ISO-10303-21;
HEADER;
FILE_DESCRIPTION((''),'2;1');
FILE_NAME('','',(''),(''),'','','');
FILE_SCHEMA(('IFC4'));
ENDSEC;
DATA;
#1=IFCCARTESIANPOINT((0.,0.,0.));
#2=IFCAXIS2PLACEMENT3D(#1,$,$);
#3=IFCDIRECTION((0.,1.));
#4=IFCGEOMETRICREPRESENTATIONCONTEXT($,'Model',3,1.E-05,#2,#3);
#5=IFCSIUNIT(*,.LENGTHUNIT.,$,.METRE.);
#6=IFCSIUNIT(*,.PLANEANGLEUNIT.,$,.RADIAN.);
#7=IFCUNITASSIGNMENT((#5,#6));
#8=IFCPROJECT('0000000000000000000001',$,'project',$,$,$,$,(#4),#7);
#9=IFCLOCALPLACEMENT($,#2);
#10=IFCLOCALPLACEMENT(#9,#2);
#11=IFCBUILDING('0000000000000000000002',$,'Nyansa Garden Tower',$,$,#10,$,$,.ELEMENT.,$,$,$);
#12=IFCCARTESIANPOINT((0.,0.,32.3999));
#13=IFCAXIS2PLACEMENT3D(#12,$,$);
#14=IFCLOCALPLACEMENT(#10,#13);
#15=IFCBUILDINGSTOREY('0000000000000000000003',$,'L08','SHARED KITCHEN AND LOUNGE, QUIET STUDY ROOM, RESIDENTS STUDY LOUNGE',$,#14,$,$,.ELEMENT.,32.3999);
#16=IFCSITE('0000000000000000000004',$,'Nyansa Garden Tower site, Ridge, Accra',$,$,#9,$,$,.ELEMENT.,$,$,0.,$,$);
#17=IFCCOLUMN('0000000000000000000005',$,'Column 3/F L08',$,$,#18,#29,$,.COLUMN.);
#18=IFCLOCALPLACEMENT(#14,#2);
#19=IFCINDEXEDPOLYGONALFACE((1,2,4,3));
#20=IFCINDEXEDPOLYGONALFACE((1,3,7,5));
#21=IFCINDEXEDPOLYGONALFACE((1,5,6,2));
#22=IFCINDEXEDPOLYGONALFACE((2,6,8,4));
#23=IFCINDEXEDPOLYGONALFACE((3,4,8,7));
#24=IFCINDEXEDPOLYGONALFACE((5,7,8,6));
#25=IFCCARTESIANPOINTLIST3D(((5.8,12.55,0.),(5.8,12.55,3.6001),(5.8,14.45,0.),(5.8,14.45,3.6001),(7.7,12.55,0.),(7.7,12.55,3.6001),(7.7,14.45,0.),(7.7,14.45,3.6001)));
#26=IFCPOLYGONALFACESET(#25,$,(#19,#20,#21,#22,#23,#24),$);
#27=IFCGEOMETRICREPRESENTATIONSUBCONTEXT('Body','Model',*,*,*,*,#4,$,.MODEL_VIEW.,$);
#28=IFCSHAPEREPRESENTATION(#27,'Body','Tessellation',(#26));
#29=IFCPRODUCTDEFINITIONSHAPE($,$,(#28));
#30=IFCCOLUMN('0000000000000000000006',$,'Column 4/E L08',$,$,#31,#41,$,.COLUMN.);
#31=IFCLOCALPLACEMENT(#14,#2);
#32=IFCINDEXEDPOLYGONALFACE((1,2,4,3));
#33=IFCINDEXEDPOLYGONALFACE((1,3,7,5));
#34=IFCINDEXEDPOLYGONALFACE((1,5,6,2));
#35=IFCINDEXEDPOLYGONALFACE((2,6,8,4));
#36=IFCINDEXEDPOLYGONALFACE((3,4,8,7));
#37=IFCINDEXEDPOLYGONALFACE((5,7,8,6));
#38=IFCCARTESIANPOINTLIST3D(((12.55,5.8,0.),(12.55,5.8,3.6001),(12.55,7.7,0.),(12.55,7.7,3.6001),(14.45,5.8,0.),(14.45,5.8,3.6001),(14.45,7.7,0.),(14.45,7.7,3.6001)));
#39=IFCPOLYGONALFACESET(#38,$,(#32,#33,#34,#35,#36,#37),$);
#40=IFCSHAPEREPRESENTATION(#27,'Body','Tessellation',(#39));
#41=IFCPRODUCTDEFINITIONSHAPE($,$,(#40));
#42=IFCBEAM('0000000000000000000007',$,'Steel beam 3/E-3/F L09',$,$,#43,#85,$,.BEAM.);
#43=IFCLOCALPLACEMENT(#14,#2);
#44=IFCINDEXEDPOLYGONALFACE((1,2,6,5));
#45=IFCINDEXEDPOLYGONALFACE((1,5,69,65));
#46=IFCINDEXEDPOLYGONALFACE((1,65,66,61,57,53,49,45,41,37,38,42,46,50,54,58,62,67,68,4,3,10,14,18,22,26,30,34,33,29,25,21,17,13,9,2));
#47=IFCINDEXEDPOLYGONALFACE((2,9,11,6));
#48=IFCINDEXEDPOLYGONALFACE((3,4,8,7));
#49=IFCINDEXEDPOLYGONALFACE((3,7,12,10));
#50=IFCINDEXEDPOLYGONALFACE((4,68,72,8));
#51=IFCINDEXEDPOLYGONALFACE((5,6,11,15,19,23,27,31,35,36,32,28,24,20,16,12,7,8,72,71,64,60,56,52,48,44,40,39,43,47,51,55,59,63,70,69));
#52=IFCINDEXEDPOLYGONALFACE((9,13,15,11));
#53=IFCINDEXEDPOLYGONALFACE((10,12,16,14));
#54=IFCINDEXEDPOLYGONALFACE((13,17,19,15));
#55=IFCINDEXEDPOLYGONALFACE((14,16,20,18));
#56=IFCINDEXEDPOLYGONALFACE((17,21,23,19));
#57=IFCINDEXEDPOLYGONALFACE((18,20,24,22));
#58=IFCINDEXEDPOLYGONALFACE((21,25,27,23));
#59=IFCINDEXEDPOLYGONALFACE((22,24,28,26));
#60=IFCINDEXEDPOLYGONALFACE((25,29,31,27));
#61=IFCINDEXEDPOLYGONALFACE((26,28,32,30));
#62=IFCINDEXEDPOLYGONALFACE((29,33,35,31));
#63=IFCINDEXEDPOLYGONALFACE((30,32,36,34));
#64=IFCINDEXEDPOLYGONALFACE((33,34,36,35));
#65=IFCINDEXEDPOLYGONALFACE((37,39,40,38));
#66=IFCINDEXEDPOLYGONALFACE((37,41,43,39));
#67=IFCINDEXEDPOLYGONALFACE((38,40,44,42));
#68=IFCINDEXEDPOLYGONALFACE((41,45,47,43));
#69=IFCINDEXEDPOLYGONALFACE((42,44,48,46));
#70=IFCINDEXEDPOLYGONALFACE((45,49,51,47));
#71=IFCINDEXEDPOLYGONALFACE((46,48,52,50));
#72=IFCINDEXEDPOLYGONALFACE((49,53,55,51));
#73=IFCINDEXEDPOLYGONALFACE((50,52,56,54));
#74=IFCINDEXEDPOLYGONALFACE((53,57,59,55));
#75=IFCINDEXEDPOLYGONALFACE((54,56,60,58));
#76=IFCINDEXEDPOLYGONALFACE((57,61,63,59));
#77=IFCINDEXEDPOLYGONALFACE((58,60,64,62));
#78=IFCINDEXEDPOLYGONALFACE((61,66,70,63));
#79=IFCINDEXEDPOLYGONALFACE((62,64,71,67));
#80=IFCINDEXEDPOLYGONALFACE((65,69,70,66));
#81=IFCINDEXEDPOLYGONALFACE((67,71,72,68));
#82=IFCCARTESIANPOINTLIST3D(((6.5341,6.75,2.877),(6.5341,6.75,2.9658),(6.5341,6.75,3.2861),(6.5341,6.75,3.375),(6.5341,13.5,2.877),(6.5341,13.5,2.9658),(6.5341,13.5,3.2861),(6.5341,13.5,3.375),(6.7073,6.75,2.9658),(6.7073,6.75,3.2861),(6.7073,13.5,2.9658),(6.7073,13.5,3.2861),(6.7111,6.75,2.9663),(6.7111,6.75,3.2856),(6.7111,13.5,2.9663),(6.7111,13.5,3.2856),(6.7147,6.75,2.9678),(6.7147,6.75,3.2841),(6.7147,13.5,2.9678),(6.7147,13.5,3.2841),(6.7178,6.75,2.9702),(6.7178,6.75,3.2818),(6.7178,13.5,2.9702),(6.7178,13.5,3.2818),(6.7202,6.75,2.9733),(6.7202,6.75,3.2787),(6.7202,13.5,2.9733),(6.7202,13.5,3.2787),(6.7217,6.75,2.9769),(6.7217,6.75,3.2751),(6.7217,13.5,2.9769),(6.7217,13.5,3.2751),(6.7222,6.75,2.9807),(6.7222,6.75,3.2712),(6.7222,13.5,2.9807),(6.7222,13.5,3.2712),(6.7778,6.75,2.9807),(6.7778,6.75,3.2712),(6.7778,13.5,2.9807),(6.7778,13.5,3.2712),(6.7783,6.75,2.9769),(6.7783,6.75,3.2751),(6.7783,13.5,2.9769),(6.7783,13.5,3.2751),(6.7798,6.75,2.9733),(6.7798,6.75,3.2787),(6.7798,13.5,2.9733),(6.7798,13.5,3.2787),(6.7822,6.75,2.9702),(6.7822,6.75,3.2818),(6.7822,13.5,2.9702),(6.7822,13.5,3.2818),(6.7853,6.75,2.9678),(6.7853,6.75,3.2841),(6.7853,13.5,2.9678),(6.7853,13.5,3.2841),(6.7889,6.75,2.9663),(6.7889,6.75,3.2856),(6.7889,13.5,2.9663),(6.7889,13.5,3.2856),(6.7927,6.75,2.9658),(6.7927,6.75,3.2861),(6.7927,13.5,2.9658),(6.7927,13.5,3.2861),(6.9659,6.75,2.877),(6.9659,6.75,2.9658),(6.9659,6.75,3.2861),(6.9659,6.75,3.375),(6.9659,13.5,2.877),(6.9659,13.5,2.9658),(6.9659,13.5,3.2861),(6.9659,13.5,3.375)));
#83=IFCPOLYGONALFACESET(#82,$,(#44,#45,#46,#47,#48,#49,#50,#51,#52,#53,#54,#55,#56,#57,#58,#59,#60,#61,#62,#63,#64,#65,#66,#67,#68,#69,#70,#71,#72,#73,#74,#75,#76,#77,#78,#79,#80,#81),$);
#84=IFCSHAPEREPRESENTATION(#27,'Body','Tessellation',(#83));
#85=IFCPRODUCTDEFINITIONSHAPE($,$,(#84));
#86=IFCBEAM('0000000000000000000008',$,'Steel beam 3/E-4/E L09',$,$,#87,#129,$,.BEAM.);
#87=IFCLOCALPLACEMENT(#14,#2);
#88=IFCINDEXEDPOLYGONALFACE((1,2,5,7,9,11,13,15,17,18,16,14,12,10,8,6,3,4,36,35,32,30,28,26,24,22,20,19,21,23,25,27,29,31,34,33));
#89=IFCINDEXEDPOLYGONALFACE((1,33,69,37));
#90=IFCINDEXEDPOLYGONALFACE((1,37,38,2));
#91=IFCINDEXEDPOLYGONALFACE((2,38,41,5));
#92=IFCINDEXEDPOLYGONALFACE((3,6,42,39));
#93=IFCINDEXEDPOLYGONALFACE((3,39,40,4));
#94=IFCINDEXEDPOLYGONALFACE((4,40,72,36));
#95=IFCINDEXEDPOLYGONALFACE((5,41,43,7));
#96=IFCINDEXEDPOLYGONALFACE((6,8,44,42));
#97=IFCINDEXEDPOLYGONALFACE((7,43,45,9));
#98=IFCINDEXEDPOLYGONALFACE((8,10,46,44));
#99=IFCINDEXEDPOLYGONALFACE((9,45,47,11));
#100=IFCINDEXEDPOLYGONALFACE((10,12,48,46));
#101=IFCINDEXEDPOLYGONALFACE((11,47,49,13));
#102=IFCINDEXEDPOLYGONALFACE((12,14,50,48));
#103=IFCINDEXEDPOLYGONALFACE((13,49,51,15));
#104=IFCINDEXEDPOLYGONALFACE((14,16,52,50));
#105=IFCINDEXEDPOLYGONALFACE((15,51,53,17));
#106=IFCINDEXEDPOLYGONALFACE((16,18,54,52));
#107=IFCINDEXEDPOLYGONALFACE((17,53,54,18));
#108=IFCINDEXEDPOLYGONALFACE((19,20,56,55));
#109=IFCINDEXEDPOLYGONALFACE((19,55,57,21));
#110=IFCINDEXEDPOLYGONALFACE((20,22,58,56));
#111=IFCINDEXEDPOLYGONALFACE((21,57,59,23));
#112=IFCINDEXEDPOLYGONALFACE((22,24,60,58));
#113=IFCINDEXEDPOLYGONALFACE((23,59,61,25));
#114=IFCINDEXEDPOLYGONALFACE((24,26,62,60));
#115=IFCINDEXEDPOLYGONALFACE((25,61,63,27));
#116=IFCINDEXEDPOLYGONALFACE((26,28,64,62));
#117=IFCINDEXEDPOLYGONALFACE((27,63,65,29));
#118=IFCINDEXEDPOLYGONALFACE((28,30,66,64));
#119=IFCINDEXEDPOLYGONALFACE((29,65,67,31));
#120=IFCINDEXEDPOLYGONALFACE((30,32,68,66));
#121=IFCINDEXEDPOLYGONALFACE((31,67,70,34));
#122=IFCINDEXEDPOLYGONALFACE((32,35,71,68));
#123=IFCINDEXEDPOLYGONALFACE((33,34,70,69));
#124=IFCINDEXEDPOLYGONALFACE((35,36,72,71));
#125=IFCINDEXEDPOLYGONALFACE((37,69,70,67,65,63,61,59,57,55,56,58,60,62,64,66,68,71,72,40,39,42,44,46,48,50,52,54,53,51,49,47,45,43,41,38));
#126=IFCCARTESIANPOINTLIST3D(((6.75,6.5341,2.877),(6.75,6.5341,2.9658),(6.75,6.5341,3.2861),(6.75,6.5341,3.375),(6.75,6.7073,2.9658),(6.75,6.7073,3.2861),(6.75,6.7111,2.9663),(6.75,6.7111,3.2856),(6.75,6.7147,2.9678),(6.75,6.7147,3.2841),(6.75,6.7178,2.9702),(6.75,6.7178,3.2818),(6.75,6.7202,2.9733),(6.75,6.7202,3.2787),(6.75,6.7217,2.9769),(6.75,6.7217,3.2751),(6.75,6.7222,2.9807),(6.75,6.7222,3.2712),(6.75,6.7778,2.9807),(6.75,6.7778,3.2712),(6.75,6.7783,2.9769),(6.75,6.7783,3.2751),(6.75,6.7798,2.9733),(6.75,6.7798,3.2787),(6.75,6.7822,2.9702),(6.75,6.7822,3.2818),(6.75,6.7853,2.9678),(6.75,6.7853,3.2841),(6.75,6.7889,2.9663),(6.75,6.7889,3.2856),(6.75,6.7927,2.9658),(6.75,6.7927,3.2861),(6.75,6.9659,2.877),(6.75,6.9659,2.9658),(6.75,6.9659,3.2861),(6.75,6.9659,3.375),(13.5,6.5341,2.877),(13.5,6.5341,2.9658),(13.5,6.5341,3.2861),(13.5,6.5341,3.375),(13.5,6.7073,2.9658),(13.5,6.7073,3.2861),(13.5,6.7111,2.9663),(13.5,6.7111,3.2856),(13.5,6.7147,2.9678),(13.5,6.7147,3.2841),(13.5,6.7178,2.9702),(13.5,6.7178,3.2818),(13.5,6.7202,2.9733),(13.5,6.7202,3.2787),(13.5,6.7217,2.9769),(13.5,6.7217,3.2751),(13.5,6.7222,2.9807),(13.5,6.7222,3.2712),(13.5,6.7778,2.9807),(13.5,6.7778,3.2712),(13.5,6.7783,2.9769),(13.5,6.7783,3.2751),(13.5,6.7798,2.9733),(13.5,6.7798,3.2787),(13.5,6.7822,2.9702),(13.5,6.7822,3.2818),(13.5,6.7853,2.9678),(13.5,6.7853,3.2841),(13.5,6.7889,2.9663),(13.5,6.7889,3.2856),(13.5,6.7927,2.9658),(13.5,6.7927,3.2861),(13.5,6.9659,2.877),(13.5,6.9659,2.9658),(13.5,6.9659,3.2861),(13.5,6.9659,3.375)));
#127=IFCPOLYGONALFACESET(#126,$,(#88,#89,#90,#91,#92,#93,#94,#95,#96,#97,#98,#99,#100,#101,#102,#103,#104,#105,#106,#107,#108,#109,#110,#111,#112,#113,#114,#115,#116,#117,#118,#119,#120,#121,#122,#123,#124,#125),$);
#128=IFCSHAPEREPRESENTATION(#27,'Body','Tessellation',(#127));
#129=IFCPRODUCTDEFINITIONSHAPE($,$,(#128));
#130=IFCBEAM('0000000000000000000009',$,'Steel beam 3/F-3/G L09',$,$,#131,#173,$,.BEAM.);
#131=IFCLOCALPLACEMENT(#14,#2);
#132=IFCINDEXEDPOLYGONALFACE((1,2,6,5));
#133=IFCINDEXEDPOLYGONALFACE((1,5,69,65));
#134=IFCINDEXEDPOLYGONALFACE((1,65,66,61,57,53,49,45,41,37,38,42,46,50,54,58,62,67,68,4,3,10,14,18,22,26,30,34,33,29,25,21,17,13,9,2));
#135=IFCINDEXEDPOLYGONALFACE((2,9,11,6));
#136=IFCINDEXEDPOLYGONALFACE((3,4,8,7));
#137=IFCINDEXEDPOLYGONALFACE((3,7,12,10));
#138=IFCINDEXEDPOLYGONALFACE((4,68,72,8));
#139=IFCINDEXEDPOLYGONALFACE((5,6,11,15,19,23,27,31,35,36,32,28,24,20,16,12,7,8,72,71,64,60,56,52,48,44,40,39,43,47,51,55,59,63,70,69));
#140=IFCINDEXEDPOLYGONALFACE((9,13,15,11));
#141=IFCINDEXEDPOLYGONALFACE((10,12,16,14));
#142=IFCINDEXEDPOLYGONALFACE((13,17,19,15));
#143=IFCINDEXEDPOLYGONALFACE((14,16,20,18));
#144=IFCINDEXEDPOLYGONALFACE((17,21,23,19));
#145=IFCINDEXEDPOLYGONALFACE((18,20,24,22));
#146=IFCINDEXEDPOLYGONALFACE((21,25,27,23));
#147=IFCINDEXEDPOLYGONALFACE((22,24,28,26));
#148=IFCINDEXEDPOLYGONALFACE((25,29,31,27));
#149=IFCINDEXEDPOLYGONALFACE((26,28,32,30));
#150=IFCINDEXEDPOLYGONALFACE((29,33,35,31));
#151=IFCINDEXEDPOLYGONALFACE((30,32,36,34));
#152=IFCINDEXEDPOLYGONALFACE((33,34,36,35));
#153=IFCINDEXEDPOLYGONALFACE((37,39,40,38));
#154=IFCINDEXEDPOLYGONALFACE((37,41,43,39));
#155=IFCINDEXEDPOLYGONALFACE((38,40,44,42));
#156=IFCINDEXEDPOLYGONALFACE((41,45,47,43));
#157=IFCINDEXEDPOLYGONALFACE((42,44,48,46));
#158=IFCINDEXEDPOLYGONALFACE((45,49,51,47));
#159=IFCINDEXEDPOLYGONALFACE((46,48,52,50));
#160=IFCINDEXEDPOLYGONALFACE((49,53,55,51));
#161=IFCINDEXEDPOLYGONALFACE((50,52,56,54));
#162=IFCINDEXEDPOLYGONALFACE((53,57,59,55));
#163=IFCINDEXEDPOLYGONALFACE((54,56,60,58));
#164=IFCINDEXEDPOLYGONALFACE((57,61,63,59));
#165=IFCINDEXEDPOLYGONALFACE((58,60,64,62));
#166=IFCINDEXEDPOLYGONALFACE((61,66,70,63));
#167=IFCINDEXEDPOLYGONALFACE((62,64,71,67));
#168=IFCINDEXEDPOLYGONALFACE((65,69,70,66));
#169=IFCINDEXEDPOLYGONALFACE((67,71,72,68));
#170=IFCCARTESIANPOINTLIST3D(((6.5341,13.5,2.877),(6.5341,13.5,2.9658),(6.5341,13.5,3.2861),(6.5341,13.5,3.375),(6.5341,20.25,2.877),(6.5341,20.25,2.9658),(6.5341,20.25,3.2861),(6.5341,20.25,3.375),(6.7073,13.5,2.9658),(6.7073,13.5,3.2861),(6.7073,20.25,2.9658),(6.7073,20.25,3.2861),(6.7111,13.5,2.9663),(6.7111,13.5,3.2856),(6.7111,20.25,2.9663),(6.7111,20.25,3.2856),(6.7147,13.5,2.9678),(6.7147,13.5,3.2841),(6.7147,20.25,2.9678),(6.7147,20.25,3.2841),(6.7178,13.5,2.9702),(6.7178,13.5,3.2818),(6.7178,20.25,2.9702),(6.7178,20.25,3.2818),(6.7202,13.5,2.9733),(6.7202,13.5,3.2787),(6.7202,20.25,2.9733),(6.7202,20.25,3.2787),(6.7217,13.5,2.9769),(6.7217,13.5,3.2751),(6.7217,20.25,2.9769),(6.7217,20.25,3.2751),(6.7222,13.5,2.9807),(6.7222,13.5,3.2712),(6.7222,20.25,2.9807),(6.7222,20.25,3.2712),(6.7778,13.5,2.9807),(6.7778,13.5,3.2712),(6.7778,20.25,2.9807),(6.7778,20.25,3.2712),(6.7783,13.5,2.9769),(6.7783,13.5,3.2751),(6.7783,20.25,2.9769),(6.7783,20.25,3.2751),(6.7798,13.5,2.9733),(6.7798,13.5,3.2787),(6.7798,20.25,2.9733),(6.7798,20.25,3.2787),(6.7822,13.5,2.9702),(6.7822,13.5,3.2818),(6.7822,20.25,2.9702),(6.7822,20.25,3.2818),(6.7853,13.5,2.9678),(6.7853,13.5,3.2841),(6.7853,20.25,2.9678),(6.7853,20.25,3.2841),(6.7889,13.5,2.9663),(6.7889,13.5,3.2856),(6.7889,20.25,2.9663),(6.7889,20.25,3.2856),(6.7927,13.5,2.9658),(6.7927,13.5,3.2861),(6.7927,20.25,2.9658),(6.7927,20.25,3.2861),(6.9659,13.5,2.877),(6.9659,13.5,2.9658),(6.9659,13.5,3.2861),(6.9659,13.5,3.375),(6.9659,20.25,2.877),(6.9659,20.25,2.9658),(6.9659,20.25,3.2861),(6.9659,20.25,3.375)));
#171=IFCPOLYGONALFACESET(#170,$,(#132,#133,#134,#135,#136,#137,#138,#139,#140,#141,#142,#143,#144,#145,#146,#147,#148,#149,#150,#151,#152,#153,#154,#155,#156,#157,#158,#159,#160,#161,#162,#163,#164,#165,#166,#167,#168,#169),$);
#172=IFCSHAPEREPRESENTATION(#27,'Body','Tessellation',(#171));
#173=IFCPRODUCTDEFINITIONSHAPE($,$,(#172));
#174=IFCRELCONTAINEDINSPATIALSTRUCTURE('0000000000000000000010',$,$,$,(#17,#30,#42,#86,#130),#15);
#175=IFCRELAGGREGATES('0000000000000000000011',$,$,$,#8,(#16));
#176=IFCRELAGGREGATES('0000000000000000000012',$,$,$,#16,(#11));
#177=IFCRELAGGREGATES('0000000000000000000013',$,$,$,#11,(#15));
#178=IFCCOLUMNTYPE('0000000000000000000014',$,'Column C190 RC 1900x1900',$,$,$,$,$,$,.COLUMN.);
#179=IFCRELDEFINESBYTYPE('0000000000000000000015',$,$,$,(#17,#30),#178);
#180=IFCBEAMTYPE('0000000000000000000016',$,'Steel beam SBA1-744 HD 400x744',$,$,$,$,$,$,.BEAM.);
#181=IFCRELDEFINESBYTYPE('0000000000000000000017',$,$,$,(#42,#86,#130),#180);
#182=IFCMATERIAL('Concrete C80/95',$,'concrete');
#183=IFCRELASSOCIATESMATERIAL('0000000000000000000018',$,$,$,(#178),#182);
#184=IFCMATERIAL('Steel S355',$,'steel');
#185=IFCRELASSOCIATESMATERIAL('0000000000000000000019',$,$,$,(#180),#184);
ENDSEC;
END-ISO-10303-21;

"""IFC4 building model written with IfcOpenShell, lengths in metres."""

from ifc_helpers import new_model, si_unit, direction, frame, origin, origin_2d, place, context, subcontext, project, spatial, rectangle, i_section, extrude, material, material_profile, profile_set, type_object, element, save


model = new_model("IFC4")

# Units and contexts
model_context = context("Model", 3, precision=1e-05, world=origin(), true_north=direction((0.0, 1.0)))
body_context = subcontext(model_context, "Body", "Model", "MODEL_VIEW")
ifc_project = project(units=[si_unit("LENGTHUNIT", "METRE"), si_unit("PLANEANGLEUNIT", "RADIAN")], contexts=[model_context])

# Site, building, storey
site_placement = place(None, origin())
site = spatial("IfcSite", under=ifc_project, at=site_placement, Name="Nyansa Garden Tower site, Ridge, Accra", CompositionType="ELEMENT", RefElevation=0.0)
building_placement = place(site_placement, origin())
building = spatial("IfcBuilding", under=site, at=building_placement, Name="Nyansa Garden Tower", CompositionType="ELEMENT")
storey_placement = place(building_placement, frame((0.0, 0.0, 32.3999)))
storey = spatial("IfcBuildingStorey", under=building, at=storey_placement, Name="L08", Description="SHARED KITCHEN AND LOUNGE, QUIET STUDY ROOM, RESIDENTS STUDY LOUNGE", CompositionType="ELEMENT", Elevation=32.3999)

# Columns
ifc_material_1 = material(Name="Concrete C80/95", Category="concrete")
ifc_material_profile_1 = material_profile(ifc_material_1, rectangle(XDim=1.8999, YDim=1.8999, at=origin_2d()), Name="RC 1900x1900")
ifc_profile_set_1 = profile_set([ifc_material_profile_1], Name="Concrete C80/95")
column_type = type_object("IfcColumnType", Name="Column C190 RC 1900x1900", PredefinedType="COLUMN", material=ifc_profile_set_1)
for number, where, z_axis, x_axis, name in (
    (1, (6.75, 13.5, 0.0), (0.0, 0.0, 1.0), (1.0, 0.0, 0.0), "Column 3/F L08"),
    (2, (13.5, 6.75, 0.0), (0.0, 0.0, 1.0), (1.0, 0.0, 0.0), "Column 4/E L08"),
):
    element("IfcColumn", number, at=place(storey_placement, frame(where, z_axis=z_axis, x_axis=x_axis)), inside=storey, type_object=column_type, Name=name, PredefinedType="COLUMN", context=body_context, shape_type="SweptSolid", body=[
        extrude(rectangle(XDim=1.8999, YDim=1.8999, at=origin_2d()), origin(), (0.0, 0.0, 1.0), 3.6001),
    ])

# Beams
ifc_material_2 = material(Name="Steel S355", Category="steel")
ifc_material_profile_2 = material_profile(ifc_material_2, i_section(OverallWidth=0.4319, OverallDepth=0.498, WebThickness=0.0557, FlangeThickness=0.0889, FilletRadius=0.0149, at=origin_2d()), Name="HD 400x744")
ifc_profile_set_2 = profile_set([ifc_material_profile_2], Name="Steel S355")
beam_type_1 = type_object("IfcBeamType", Name="Steel beam SBA1-744 HD 400x744", PredefinedType="BEAM", material=ifc_profile_set_2)
for number, where, z_axis, x_axis, name in (
    (3, (6.75, 6.75, 3.126), (0.0, 1.0, 0.0), (-1.0, 0.0, 0.0), "Steel beam 3/E-3/F L09"),
    (4, (6.75, 6.75, 3.126), (1.0, 0.0, 0.0), (0.0, 1.0, 0.0), "Steel beam 3/E-4/E L09"),
    (5, (6.75, 13.5, 3.126), (0.0, 1.0, 0.0), (-1.0, 0.0, 0.0), "Steel beam 3/F-3/G L09"),
):
    element("IfcBeam", number, at=place(storey_placement, frame(where, z_axis=z_axis, x_axis=x_axis)), inside=storey, type_object=beam_type_1, Name=name, PredefinedType="BEAM", context=body_context, shape_type="SweptSolid", body=[
        extrude(i_section(OverallWidth=0.4319, OverallDepth=0.498, WebThickness=0.0557, FlangeThickness=0.0889, FilletRadius=0.0149, at=origin_2d()), origin(), (0.0, 0.0, 1.0), 6.75),
    ])

save(model, "model.ifc")
